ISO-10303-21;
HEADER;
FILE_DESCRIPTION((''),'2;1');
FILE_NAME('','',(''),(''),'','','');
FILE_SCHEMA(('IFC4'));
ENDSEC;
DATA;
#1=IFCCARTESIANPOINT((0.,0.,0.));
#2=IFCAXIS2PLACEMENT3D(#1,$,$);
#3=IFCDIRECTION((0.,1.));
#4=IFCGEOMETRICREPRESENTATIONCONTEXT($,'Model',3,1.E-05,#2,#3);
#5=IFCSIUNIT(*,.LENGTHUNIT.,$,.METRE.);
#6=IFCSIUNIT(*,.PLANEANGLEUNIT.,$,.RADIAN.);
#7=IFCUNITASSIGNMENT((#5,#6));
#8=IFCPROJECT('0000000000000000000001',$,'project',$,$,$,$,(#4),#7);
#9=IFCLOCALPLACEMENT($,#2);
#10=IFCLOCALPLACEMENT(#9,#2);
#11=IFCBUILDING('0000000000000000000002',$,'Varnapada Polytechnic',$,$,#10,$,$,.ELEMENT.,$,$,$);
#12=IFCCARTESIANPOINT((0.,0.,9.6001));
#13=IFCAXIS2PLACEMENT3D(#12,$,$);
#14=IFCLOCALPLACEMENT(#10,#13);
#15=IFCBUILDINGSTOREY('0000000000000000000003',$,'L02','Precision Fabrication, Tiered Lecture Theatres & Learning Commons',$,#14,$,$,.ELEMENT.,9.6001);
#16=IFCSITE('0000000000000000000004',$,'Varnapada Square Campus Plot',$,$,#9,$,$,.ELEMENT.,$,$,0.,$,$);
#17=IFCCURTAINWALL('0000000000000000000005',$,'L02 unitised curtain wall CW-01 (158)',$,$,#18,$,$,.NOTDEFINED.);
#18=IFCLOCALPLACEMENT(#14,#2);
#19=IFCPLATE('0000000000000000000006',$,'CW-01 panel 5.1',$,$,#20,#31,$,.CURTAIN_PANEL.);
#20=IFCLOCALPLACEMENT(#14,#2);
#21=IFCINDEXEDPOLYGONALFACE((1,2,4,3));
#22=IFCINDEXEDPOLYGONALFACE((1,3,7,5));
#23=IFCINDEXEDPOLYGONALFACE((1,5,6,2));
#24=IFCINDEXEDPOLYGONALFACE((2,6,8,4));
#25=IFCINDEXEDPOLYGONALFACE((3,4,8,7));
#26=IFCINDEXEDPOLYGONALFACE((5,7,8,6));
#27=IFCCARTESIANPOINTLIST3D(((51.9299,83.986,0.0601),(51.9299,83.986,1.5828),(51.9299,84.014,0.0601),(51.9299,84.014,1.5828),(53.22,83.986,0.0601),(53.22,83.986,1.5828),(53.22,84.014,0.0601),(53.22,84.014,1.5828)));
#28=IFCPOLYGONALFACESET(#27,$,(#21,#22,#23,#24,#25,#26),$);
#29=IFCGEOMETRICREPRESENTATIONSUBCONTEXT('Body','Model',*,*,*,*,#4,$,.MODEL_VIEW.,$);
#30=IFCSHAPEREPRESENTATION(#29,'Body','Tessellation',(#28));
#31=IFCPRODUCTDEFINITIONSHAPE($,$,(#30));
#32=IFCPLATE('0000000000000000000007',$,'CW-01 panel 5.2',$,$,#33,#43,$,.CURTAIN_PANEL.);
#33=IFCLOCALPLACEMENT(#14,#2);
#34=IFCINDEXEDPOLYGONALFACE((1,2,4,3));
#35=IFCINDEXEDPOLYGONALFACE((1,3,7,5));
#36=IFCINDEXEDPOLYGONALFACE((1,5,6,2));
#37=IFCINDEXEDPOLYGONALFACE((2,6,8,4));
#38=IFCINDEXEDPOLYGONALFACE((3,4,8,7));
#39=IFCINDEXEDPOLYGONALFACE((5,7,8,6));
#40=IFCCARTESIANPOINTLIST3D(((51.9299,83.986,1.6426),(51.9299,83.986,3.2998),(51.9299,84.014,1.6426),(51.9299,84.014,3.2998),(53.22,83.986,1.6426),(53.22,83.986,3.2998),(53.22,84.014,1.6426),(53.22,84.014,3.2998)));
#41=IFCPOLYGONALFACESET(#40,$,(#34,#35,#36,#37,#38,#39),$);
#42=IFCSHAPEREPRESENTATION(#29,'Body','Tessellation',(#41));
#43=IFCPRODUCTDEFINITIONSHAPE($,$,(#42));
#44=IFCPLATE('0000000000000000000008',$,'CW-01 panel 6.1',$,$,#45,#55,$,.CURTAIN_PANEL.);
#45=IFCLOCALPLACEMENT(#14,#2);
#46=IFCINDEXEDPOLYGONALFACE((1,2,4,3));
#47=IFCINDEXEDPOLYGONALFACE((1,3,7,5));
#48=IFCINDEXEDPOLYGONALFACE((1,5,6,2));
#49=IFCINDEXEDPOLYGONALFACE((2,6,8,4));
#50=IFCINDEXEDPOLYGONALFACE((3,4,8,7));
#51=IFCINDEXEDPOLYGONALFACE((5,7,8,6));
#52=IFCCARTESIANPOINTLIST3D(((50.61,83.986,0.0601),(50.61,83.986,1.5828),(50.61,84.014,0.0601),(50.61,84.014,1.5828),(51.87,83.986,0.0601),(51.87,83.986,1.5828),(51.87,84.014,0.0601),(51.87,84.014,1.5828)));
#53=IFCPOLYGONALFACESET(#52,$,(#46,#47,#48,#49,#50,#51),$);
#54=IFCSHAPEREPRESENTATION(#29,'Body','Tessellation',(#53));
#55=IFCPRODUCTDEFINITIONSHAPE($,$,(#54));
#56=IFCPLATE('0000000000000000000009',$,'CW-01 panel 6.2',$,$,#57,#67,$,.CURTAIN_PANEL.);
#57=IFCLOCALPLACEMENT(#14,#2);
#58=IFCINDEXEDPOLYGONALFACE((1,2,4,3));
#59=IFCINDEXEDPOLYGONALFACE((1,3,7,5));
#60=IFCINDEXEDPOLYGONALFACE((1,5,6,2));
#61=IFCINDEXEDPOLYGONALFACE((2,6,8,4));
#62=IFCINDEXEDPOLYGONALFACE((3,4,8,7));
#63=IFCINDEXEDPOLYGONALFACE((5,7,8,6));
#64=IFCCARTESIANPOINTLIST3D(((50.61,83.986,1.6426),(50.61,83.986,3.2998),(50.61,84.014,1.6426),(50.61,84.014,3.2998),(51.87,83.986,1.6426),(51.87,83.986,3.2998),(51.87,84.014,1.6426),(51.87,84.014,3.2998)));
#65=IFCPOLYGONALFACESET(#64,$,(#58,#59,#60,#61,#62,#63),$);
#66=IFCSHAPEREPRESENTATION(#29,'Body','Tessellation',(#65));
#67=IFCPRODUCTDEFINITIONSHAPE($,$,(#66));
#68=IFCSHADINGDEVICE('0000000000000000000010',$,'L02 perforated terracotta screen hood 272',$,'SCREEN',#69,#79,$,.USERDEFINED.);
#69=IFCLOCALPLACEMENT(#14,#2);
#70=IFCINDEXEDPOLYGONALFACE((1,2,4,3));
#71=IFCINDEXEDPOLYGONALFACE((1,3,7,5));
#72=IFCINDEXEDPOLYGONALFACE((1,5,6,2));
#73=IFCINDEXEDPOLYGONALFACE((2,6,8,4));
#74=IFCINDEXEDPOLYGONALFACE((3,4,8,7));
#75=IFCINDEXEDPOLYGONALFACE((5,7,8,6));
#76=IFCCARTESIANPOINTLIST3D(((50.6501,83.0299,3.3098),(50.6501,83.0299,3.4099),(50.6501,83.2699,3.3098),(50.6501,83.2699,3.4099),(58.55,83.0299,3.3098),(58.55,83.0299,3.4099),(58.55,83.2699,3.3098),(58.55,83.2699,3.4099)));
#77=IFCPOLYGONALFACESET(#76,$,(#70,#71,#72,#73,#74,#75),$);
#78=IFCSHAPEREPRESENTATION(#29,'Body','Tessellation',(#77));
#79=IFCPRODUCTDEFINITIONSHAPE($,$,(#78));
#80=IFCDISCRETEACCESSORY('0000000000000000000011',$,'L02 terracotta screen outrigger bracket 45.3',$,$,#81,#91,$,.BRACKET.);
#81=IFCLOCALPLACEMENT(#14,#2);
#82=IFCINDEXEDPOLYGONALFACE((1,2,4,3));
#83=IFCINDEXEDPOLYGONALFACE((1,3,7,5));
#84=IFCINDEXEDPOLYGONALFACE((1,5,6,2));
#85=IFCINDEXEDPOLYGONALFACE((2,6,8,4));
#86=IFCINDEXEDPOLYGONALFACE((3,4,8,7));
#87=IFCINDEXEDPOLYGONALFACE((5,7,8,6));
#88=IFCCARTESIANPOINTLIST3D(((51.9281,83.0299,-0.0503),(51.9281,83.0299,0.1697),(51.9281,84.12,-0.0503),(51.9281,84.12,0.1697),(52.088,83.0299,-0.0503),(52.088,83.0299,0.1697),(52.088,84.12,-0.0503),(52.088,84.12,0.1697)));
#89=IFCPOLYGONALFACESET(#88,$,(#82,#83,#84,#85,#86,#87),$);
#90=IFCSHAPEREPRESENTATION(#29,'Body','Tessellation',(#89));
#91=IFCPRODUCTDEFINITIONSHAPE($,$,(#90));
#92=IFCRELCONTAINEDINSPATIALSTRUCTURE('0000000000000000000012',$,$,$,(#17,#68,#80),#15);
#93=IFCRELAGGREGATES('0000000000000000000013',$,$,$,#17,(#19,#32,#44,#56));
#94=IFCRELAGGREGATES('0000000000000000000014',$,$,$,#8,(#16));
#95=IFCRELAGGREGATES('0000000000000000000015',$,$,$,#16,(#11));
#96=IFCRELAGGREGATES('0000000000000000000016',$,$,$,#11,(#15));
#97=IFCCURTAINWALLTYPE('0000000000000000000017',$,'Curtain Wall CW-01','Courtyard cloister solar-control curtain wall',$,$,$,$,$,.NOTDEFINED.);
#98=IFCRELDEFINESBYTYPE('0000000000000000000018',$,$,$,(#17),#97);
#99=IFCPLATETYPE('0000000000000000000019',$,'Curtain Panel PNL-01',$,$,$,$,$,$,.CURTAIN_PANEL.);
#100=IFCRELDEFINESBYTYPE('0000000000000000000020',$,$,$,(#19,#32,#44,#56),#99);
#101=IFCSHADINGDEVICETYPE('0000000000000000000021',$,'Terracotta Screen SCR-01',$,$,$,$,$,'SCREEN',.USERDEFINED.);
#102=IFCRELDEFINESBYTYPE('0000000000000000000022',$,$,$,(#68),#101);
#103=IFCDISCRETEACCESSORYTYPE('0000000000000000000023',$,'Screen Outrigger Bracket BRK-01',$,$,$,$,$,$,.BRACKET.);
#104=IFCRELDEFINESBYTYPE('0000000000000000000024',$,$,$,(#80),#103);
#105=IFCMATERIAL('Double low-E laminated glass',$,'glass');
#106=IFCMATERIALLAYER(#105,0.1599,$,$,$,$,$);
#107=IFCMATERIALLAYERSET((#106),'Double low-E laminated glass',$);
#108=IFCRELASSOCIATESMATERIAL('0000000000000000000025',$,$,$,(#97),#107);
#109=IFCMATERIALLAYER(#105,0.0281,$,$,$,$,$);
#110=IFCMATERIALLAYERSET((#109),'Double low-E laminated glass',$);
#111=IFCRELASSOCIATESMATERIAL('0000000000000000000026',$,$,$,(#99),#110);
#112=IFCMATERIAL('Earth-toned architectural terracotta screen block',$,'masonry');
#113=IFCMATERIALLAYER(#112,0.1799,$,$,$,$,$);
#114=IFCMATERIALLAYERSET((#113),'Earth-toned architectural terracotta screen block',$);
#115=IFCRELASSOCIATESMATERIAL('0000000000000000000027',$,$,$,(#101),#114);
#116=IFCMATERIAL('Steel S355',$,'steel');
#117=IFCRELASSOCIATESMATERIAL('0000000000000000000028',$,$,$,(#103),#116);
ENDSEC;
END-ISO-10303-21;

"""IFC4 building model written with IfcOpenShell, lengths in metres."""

from ifc_helpers import new_model, si_unit, direction, frame, origin, origin_2d, place, context, subcontext, project, spatial, rectangle, extrude, material, layer, layer_set, type_object, element, aggregate, save


model = new_model("IFC4")

# Units and contexts
model_context = context("Model", 3, precision=1e-05, world=origin(), true_north=direction((0.0, 1.0)))
body_context = subcontext(model_context, "Body", "Model", "MODEL_VIEW")
ifc_project = project(units=[si_unit("LENGTHUNIT", "METRE"), si_unit("PLANEANGLEUNIT", "RADIAN")], contexts=[model_context])

# Site, building, storey
site_placement = place(None, origin())
site = spatial("IfcSite", under=ifc_project, at=site_placement, Name="Varnapada Square Campus Plot", CompositionType="ELEMENT", RefElevation=0.0)
building_placement = place(site_placement, origin())
building = spatial("IfcBuilding", under=site, at=building_placement, Name="Varnapada Polytechnic", CompositionType="ELEMENT")
storey_placement = place(building_placement, frame((0.0, 0.0, 9.6001)))
storey = spatial("IfcBuildingStorey", under=building, at=storey_placement, Name="L02", Description="Precision Fabrication, Tiered Lecture Theatres & Learning Commons", CompositionType="ELEMENT", Elevation=9.6001)

# Curtain wall, plates
ifc_material_1 = material(Name="Double low-E laminated glass", Category="glass")
ifc_layer_1 = layer(ifc_material_1, 0.1599)
ifc_layer_set_1 = layer_set([ifc_layer_1], Name="Double low-E laminated glass")
curtain_wall_type = type_object("IfcCurtainWallType", Name="Curtain Wall CW-01", Description="Courtyard cloister solar-control curtain wall", PredefinedType="NOTDEFINED", material=ifc_layer_set_1)
curtain_wall_placement = place(storey_placement, origin())
curtain_wall = element("IfcCurtainWall", 1, at=curtain_wall_placement, inside=storey, type_object=curtain_wall_type, Name="L02 unitised curtain wall CW-01 (158)", PredefinedType="NOTDEFINED")
ifc_layer_2 = layer(ifc_material_1, 0.0281)
ifc_layer_set_2 = layer_set([ifc_layer_2], Name="Double low-E laminated glass")
plate_type = type_object("IfcPlateType", Name="Curtain Panel PNL-01", PredefinedType="CURTAIN_PANEL", material=ifc_layer_set_2)
plate_1_placement = place(storey_placement, frame((52.575, 84.0, 0.0601), z_axis=(0.0, 0.0, 1.0), x_axis=(-1.0, 0.0, 0.0)))
plate_1 = element("IfcPlate", 2, at=plate_1_placement, type_object=plate_type, Name="CW-01 panel 5.1", PredefinedType="CURTAIN_PANEL", context=body_context, shape_type="SweptSolid", body=[
    extrude(rectangle(XDim=1.29, YDim=0.0281, at=origin_2d()), origin(), (0.0, 0.0, 1.0), 1.5227),
])
plate_2_placement = place(storey_placement, frame((52.575, 84.0, 1.6426), z_axis=(0.0, 0.0, 1.0), x_axis=(-1.0, 0.0, 0.0)))
plate_2 = element("IfcPlate", 3, at=plate_2_placement, type_object=plate_type, Name="CW-01 panel 5.2", PredefinedType="CURTAIN_PANEL", context=body_context, shape_type="SweptSolid", body=[
    extrude(rectangle(XDim=1.29, YDim=0.0281, at=origin_2d()), origin(), (0.0, 0.0, 1.0), 1.6572),
])
plate_3_placement = place(storey_placement, frame((51.24, 84.0, 0.0601), z_axis=(0.0, 0.0, 1.0), x_axis=(-1.0, 0.0, 0.0)))
plate_3 = element("IfcPlate", 4, at=plate_3_placement, type_object=plate_type, Name="CW-01 panel 6.1", PredefinedType="CURTAIN_PANEL", context=body_context, shape_type="SweptSolid", body=[
    extrude(rectangle(XDim=1.26, YDim=0.0281, at=origin_2d()), origin(), (0.0, 0.0, 1.0), 1.5227),
])
plate_4_placement = place(storey_placement, frame((51.24, 84.0, 1.6426), z_axis=(0.0, 0.0, 1.0), x_axis=(-1.0, 0.0, 0.0)))
plate_4 = element("IfcPlate", 5, at=plate_4_placement, type_object=plate_type, Name="CW-01 panel 6.2", PredefinedType="CURTAIN_PANEL", context=body_context, shape_type="SweptSolid", body=[
    extrude(rectangle(XDim=1.26, YDim=0.0281, at=origin_2d()), origin(), (0.0, 0.0, 1.0), 1.6572),
])
aggregate(curtain_wall, [plate_1, plate_2, plate_3, plate_4])

# Shading device
ifc_material_2 = material(Name="Earth-toned architectural terracotta screen block", Category="masonry")
ifc_layer_3 = layer(ifc_material_2, 0.1799)
ifc_layer_set_3 = layer_set([ifc_layer_3], Name="Earth-toned architectural terracotta screen block")
shading_device_type = type_object("IfcShadingDeviceType", Name="Terracotta Screen SCR-01", ElementType="SCREEN", PredefinedType="USERDEFINED", material=ifc_layer_set_3)
shading_device_placement = place(storey_placement, frame((54.6001, 83.1499, 3.3098), z_axis=(0.0, 0.0, 1.0), x_axis=(-1.0, 0.0, 0.0)))
element("IfcShadingDevice", 6, at=shading_device_placement, inside=storey, type_object=shading_device_type, Name="L02 perforated terracotta screen hood 272", ObjectType="SCREEN", PredefinedType="USERDEFINED", context=body_context, shape_type="SweptSolid", body=[
    extrude(rectangle(XDim=7.8999, YDim=0.24, at=origin_2d()), origin(), (0.0, 0.0, 1.0), 0.1001),
])

# Discrete accessory
ifc_material_3 = material(Name="Steel S355", Category="steel")
discrete_accessory_type = type_object("IfcDiscreteAccessoryType", Name="Screen Outrigger Bracket BRK-01", PredefinedType="BRACKET", material=ifc_material_3)
discrete_accessory_placement = place(storey_placement, frame((52.0081, 83.575, -0.0503), z_axis=(0.0, 0.0, 1.0), x_axis=(-1.0, 0.0, 0.0)))
element("IfcDiscreteAccessory", 7, at=discrete_accessory_placement, inside=storey, type_object=discrete_accessory_type, Name="L02 terracotta screen outrigger bracket 45.3", PredefinedType="BRACKET", context=body_context, shape_type="SweptSolid", body=[
    extrude(rectangle(XDim=0.1599, YDim=1.0901, at=origin_2d()), origin(), (0.0, 0.0, 1.0), 0.22),
])

save(model, "model.ifc")
